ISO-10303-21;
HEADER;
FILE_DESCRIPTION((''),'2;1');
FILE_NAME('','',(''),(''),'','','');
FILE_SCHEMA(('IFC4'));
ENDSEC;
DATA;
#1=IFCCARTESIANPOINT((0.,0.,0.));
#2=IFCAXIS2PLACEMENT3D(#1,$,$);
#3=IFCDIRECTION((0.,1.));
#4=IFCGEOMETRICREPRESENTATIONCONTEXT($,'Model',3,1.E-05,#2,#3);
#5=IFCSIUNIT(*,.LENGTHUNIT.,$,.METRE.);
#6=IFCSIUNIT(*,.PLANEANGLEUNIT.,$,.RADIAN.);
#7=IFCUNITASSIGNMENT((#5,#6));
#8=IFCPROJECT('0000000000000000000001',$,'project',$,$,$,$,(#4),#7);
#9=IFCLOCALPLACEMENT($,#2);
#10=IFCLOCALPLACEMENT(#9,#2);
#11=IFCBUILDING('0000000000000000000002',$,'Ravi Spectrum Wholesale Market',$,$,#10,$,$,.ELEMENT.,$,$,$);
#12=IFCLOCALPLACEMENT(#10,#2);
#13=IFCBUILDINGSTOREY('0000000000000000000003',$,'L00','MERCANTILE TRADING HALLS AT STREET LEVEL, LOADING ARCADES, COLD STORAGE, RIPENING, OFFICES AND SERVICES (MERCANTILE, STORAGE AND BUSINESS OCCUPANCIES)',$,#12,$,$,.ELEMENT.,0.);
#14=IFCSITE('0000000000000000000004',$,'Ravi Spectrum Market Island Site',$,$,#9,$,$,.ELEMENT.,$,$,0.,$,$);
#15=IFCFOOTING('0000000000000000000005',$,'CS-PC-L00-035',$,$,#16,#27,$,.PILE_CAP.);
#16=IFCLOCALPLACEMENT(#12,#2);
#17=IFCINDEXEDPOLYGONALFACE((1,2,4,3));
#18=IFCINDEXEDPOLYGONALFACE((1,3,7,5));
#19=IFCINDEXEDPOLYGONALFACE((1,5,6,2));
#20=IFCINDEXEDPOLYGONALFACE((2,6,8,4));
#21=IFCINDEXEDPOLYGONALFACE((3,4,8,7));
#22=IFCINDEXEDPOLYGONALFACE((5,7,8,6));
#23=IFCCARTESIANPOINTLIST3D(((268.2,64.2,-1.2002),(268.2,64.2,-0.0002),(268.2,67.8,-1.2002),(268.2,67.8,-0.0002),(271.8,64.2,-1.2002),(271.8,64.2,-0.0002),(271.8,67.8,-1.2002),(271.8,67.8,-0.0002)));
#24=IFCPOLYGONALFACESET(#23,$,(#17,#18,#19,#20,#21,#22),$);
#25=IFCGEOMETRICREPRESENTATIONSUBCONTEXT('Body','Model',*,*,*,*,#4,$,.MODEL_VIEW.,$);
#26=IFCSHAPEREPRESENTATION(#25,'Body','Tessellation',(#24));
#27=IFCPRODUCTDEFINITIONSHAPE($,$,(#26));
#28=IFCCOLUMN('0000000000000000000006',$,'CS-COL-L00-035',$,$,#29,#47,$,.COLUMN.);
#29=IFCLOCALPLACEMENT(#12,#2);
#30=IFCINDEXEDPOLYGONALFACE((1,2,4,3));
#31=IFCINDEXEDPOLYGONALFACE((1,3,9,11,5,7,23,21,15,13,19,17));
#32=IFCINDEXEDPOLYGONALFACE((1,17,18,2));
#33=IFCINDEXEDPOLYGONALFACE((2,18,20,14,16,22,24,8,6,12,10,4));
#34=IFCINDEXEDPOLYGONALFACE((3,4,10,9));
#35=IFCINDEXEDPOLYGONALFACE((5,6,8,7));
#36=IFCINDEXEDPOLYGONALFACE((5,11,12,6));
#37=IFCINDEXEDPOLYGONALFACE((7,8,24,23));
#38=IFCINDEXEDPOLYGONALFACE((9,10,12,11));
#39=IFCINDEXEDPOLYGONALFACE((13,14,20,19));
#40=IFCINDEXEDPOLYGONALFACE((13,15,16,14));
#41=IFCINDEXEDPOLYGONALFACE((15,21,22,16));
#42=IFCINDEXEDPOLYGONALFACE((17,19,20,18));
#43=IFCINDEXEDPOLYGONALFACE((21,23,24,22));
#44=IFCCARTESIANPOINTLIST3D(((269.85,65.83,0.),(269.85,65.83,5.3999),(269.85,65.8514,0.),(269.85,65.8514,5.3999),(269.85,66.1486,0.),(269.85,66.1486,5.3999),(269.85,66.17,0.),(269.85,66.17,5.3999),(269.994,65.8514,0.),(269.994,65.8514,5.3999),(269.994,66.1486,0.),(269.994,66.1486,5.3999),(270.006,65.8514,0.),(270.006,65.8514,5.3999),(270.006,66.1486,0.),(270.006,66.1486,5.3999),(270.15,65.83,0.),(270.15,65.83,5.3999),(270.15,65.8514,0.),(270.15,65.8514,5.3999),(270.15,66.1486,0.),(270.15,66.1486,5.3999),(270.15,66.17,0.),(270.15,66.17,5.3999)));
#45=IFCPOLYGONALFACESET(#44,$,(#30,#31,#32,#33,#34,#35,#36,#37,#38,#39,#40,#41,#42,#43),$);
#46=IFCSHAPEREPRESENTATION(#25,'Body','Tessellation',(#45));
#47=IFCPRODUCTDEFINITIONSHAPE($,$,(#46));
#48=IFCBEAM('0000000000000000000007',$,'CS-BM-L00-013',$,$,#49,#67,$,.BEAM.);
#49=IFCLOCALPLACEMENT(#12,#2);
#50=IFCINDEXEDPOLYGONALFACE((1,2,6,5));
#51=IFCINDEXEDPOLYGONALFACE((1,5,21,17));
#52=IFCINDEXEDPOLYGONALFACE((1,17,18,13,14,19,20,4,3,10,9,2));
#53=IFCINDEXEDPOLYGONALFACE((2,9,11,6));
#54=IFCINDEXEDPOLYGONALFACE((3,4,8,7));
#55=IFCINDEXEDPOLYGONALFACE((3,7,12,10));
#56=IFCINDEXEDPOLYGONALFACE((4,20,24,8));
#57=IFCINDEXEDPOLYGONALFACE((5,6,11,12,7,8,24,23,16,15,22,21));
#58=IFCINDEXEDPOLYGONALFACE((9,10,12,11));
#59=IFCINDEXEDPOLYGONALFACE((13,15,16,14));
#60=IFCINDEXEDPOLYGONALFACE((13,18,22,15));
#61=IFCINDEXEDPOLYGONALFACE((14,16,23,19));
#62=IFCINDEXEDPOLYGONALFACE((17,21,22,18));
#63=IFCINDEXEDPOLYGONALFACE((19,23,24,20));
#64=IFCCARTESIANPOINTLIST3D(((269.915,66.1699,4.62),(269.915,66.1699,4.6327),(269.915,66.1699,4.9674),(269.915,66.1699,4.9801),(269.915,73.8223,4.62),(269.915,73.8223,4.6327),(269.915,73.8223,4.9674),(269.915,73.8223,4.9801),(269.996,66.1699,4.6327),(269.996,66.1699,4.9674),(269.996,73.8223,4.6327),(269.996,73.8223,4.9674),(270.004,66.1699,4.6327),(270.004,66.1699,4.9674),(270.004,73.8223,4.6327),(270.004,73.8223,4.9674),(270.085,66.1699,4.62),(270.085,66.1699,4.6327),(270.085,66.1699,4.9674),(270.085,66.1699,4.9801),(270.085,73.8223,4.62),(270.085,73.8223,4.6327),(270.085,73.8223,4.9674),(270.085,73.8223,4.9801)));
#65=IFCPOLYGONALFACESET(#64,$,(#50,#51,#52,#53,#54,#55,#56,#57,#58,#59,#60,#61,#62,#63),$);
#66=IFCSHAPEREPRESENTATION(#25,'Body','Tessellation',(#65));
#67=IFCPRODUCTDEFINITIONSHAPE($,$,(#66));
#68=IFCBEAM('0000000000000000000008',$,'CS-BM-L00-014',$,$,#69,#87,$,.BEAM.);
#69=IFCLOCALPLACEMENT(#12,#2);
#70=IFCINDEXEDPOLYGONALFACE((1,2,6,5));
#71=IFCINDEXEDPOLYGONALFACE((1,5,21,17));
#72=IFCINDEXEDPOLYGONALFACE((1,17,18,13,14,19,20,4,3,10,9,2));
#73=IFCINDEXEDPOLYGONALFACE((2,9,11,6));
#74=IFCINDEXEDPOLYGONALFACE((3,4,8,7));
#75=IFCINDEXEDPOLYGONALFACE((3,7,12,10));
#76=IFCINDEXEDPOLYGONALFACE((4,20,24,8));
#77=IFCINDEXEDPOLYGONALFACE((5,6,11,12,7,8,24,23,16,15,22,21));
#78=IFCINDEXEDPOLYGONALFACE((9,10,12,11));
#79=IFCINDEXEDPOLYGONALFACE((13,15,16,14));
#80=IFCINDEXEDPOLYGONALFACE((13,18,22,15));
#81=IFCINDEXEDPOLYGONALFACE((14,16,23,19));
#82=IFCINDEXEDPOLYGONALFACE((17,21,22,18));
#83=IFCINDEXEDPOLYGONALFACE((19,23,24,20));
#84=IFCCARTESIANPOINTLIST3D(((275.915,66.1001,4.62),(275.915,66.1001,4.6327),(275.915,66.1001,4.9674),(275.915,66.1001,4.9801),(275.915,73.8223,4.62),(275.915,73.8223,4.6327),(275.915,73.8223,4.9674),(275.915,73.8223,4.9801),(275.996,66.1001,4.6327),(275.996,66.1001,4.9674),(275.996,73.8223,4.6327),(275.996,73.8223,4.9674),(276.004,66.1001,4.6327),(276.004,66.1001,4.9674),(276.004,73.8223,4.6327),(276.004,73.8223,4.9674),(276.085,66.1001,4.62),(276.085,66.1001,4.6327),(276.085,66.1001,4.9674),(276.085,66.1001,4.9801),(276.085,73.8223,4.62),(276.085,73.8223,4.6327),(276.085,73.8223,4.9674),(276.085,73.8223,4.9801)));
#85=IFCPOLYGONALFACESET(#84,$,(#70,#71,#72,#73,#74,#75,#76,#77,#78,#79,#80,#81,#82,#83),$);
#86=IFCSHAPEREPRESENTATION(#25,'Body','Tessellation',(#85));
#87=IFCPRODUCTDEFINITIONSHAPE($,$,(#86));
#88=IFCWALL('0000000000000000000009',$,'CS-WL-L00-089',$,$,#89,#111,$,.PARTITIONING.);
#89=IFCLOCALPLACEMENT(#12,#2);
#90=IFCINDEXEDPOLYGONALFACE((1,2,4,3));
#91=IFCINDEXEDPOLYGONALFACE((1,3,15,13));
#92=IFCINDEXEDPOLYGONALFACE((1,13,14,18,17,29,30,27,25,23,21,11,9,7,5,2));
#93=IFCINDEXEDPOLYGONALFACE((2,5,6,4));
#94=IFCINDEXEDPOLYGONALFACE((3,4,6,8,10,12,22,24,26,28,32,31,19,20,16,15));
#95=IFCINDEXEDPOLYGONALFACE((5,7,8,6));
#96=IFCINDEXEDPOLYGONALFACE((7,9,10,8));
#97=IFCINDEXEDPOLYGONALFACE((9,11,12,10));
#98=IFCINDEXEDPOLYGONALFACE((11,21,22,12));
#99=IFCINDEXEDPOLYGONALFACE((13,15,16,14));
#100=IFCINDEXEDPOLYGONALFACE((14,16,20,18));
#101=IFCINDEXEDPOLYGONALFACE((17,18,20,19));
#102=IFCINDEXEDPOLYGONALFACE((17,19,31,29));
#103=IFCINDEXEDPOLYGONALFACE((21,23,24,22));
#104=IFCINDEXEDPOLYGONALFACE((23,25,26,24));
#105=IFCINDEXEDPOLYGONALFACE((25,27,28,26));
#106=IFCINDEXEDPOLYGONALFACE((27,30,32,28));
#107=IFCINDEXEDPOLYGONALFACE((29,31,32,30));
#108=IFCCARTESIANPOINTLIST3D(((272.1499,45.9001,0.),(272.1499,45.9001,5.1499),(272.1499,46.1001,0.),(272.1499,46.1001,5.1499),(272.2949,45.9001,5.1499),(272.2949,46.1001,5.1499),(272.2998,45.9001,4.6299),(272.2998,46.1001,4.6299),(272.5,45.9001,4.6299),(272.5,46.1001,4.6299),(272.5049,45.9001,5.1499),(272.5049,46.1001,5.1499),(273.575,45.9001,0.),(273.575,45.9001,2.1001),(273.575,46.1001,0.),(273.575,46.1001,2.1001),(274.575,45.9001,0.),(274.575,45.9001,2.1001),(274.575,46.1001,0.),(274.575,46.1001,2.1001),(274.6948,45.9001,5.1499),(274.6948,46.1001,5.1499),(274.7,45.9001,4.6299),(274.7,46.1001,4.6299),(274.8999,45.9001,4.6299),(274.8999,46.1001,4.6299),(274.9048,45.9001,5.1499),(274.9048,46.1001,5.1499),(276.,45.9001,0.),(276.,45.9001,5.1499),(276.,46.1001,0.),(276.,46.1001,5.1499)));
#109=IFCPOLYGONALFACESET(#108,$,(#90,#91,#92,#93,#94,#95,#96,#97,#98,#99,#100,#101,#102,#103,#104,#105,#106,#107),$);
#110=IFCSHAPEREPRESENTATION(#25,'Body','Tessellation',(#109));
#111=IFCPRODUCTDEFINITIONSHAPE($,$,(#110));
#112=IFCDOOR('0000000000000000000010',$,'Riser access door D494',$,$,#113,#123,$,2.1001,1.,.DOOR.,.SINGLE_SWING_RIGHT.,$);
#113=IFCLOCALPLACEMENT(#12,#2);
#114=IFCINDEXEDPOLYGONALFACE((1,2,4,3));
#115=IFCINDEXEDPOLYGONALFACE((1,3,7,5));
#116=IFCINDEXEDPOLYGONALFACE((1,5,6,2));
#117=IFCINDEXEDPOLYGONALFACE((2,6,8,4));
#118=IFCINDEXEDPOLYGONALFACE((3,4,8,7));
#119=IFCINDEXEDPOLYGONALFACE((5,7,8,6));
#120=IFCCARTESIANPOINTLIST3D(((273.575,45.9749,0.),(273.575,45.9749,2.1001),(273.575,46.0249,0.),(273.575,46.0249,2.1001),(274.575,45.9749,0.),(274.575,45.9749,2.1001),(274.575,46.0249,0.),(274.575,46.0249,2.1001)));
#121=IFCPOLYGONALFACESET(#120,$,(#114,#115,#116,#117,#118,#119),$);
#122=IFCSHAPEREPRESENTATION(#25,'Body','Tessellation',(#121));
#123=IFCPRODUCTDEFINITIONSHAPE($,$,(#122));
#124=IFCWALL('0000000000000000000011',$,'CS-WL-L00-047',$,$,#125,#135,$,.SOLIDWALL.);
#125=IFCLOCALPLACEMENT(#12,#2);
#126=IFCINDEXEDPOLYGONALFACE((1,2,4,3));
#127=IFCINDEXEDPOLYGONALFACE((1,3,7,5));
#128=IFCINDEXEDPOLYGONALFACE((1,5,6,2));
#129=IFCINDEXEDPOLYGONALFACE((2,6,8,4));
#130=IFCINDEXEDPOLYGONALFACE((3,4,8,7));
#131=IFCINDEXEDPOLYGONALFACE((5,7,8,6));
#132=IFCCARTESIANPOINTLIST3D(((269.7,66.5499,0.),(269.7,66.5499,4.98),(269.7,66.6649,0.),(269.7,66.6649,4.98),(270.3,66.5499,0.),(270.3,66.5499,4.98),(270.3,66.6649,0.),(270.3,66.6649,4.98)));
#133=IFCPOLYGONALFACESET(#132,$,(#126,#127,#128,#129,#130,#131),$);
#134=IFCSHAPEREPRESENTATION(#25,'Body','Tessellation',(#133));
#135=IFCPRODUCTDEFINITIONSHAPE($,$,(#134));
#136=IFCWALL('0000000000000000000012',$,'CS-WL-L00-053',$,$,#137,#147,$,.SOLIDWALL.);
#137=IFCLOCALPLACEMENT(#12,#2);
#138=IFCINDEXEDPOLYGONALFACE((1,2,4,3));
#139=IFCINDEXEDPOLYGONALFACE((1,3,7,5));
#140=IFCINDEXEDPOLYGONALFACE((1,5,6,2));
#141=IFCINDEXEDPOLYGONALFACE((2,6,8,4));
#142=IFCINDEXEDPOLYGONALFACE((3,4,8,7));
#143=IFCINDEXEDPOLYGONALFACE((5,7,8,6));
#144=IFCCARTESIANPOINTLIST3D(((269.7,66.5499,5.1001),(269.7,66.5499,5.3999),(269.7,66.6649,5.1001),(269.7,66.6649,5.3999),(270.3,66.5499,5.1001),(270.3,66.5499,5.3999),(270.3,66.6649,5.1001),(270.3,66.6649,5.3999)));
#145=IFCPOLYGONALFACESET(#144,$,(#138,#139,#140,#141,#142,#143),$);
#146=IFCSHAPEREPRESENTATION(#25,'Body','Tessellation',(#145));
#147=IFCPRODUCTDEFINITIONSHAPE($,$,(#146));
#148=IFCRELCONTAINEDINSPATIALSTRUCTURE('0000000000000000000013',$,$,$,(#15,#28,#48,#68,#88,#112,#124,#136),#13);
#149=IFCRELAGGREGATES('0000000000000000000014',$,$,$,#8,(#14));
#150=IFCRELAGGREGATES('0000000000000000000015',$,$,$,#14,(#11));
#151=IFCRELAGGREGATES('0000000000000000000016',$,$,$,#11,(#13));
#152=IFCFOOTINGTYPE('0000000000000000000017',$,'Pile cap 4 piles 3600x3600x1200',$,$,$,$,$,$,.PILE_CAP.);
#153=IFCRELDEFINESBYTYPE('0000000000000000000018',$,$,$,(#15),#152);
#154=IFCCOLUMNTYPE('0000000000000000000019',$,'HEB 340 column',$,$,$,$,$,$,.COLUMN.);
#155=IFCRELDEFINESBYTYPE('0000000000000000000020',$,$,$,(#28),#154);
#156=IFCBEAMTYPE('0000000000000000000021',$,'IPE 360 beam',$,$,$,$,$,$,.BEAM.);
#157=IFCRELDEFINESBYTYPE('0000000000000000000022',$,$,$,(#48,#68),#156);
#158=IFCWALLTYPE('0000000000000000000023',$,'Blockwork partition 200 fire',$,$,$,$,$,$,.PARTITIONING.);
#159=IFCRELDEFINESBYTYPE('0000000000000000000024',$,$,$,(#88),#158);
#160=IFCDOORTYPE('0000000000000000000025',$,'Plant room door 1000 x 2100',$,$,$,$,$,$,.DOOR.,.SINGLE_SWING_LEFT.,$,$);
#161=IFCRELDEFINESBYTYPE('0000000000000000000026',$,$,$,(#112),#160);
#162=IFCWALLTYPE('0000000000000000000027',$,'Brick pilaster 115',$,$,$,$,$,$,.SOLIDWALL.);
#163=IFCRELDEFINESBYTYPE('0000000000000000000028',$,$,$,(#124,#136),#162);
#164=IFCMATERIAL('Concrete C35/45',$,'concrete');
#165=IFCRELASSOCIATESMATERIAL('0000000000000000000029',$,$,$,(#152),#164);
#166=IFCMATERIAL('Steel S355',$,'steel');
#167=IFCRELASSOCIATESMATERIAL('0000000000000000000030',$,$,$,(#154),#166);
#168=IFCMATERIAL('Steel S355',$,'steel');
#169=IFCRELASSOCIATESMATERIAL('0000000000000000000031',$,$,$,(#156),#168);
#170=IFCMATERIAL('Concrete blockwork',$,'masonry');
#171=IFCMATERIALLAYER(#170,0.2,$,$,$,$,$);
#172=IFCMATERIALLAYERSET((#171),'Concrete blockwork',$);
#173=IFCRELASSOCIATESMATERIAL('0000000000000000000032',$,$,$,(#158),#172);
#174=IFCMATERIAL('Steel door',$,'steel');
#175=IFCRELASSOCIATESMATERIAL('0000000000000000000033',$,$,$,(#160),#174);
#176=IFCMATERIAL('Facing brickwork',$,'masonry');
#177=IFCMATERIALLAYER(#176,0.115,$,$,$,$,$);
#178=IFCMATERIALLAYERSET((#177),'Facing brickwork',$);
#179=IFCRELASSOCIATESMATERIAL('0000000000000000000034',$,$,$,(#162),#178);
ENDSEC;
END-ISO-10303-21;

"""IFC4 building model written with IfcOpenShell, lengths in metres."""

from ifc_helpers import new_model, si_unit, direction, frame, frame_2d, origin, origin_2d, place, context, subcontext, project, spatial, polyline, rectangle, i_section, outline, extrude, material, layer, layer_set, material_profile, profile_set, type_object, element, fill, save


model = new_model("IFC4")

# Units and contexts
model_context = context("Model", 3, precision=1e-05, world=origin(), true_north=direction((0.0, 1.0)))
body_context = subcontext(model_context, "Body", "Model", "MODEL_VIEW")
ifc_project = project(units=[si_unit("LENGTHUNIT", "METRE"), si_unit("PLANEANGLEUNIT", "RADIAN")], contexts=[model_context])

# Site, building, storey
site_placement = place(None, origin())
site = spatial("IfcSite", under=ifc_project, at=site_placement, Name="Ravi Spectrum Market Island Site", CompositionType="ELEMENT", RefElevation=0.0)
building_placement = place(site_placement, origin())
building = spatial("IfcBuilding", under=site, at=building_placement, Name="Ravi Spectrum Wholesale Market", CompositionType="ELEMENT")
storey_placement = place(building_placement, origin())
storey = spatial("IfcBuildingStorey", under=building, at=storey_placement, Name="L00", Description="MERCANTILE TRADING HALLS AT STREET LEVEL, LOADING ARCADES, COLD STORAGE, RIPENING, OFFICES AND SERVICES (MERCANTILE, STORAGE AND BUSINESS OCCUPANCIES)", CompositionType="ELEMENT", Elevation=0.0)

# Footing
ifc_material_1 = material(Name="Concrete C35/45", Category="concrete")
footing_type = type_object("IfcFootingType", Name="Pile cap 4 piles 3600x3600x1200", PredefinedType="PILE_CAP", material=ifc_material_1)
footing_placement = place(storey_placement, frame((270.0, 66.0, -1.2002), z_axis=(0.0, 0.0, 1.0), x_axis=(1.0, 0.0, 0.0)))
element("IfcFooting", 1, at=footing_placement, inside=storey, type_object=footing_type, Name="CS-PC-L00-035", PredefinedType="PILE_CAP", context=body_context, shape_type="SweptSolid", body=[
    extrude(rectangle(XDim=3.6001, YDim=3.6001, at=origin_2d()), origin(), (0.0, 0.0, 1.0), 1.2),
])

# Column
ifc_material_2 = material(Name="Steel S355", Category="steel")
ifc_material_profile_1 = material_profile(ifc_material_2, i_section(OverallWidth=0.3, OverallDepth=0.3401, WebThickness=0.012, FlangeThickness=0.0215, at=origin_2d()))
ifc_profile_set_1 = profile_set([ifc_material_profile_1], Name="Steel S355")
column_type = type_object("IfcColumnType", Name="HEB 340 column", PredefinedType="COLUMN", material=ifc_profile_set_1)
column_placement = place(storey_placement, frame((270.0, 66.0, 0.0), z_axis=(0.0, 0.0, 1.0), x_axis=(1.0, 0.0, 0.0)))
element("IfcColumn", 2, at=column_placement, inside=storey, type_object=column_type, Name="CS-COL-L00-035", PredefinedType="COLUMN", context=body_context, shape_type="SweptSolid", body=[
    extrude(i_section(OverallWidth=0.3, OverallDepth=0.3401, WebThickness=0.012, FlangeThickness=0.0215, at=origin_2d()), origin(), (0.0, 0.0, 1.0), 5.3999),
])

# Beams
ifc_material_3 = material(Name="Steel S355", Category="steel")
ifc_material_profile_2 = material_profile(ifc_material_3, i_section(OverallWidth=0.1699, OverallDepth=0.3601, WebThickness=0.0081, FlangeThickness=0.0127, at=origin_2d()))
ifc_profile_set_2 = profile_set([ifc_material_profile_2], Name="Steel S355")
beam_type = type_object("IfcBeamType", Name="IPE 360 beam", PredefinedType="BEAM", material=ifc_profile_set_2)
beam_1_placement = place(storey_placement, frame((270.0, 66.1699, 4.8), z_axis=(0.0, 1.0, 0.0), x_axis=(-1.0, 0.0, 0.0)))
element("IfcBeam", 3, at=beam_1_placement, inside=storey, type_object=beam_type, Name="CS-BM-L00-013", PredefinedType="BEAM", context=body_context, shape_type="SweptSolid", body=[
    extrude(i_section(OverallWidth=0.1699, OverallDepth=0.3601, WebThickness=0.0081, FlangeThickness=0.0127, at=origin_2d()), origin(), (0.0, 0.0, 1.0), 7.6523),
])
beam_2_placement = place(storey_placement, frame((276.0, 66.1001, 4.8), z_axis=(0.0, 1.0, 0.0), x_axis=(-1.0, 0.0, 0.0)))
element("IfcBeam", 4, at=beam_2_placement, inside=storey, type_object=beam_type, Name="CS-BM-L00-014", PredefinedType="BEAM", context=body_context, shape_type="SweptSolid", body=[
    extrude(i_section(OverallWidth=0.1699, OverallDepth=0.3601, WebThickness=0.0081, FlangeThickness=0.0127, at=origin_2d()), origin(), (0.0, 0.0, 1.0), 7.7222),
])

# Wall, opening, door
ifc_material_4 = material(Name="Concrete blockwork", Category="masonry")
ifc_layer_1 = layer(ifc_material_4, 0.2)
ifc_layer_set_1 = layer_set([ifc_layer_1], Name="Concrete blockwork")
wall_type_1 = type_object("IfcWallType", Name="Blockwork partition 200 fire", PredefinedType="PARTITIONING", material=ifc_layer_set_1)
wall_1_placement = place(storey_placement, frame((272.1499, 46.0, 0.0), z_axis=(0.0, 0.0, 1.0), x_axis=(1.0, 0.0, 0.0)))
wall_1 = element("IfcWall", 5, at=wall_1_placement, inside=storey, type_object=wall_type_1, Name="CS-WL-L00-089", PredefinedType="PARTITIONING", context=body_context, shape_type="SweptSolid", body=[
    extrude(outline(polyline([(0.0, 0.0), (3.8501, 0.0), (3.8501, 5.1499), (2.7549, 5.1499), (2.75, 4.6299), (2.55, 4.6299), (2.5449, 5.1499), (0.355, 5.1499), (0.3501, 4.6299), (0.1499, 4.6299), (0.145, 5.1499), (0.0, 5.1499), (0.0, 0.0)])), frame((0.0, 0.1001, 0.0), z_axis=(0.0, -1.0, 0.0), x_axis=(1.0, 0.0, 0.0)), (0.0, 0.0, 1.0), 0.2),
])
opening_1_placement = place(wall_1_placement, frame((1.425, 0.0, 0.0)))
opening_1 = element("IfcOpeningElement", 6, at=opening_1_placement, cuts=wall_1, PredefinedType="OPENING", context=body_context, shape_type="SweptSolid", body=[
    extrude(rectangle(XDim=1.0, YDim=2.1001, at=frame_2d((0.5, 1.05))), frame((0.0, 0.1099, 0.0), z_axis=(0.0, -1.0, 0.0), x_axis=(1.0, 0.0, 0.0)), (0.0, 0.0, 1.0), 0.22),
])
ifc_material_5 = material(Name="Steel door", Category="steel")
door_type_1 = type_object("IfcDoorType", Name="Plant room door 1000 x 2100", OperationType="SINGLE_SWING_LEFT", PredefinedType="DOOR", material=ifc_material_5)
door_1_placement = place(opening_1_placement, origin())
door_1 = element("IfcDoor", 7, at=door_1_placement, inside=storey, type_object=door_type_1, Name="Riser access door D494", OperationType="SINGLE_SWING_RIGHT", OverallHeight=2.1001, OverallWidth=1.0, PredefinedType="DOOR", context=body_context, shape_type="SweptSolid", body=[
    extrude(rectangle(XDim=1.0, YDim=2.1001, at=frame_2d((0.5, 1.05))), frame((0.0, 0.0249, 0.0), z_axis=(0.0, -1.0, 0.0), x_axis=(1.0, 0.0, 0.0)), (0.0, 0.0, 1.0), 0.05),
])
fill(opening_1, door_1)

# Walls
ifc_material_6 = material(Name="Facing brickwork", Category="masonry")
ifc_layer_2 = layer(ifc_material_6, 0.115)
ifc_layer_set_2 = layer_set([ifc_layer_2], Name="Facing brickwork")
wall_type_2 = type_object("IfcWallType", Name="Brick pilaster 115", PredefinedType="SOLIDWALL", material=ifc_layer_set_2)
wall_2_placement = place(storey_placement, frame((270.3, 66.6074, 0.0), z_axis=(0.0, 0.0, 1.0), x_axis=(-1.0, 0.0, 0.0)))
element("IfcWall", 8, at=wall_2_placement, inside=storey, type_object=wall_type_2, Name="CS-WL-L00-047", PredefinedType="SOLIDWALL", context=body_context, shape_type="SweptSolid", body=[
    extrude(rectangle(XDim=0.6001, YDim=0.115, at=frame_2d((0.3, 0.0))), origin(), (0.0, 0.0, 1.0), 4.98),
])
wall_3_placement = place(storey_placement, frame((270.3, 66.6074, 5.1001), z_axis=(0.0, 0.0, 1.0), x_axis=(-1.0, 0.0, 0.0)))
element("IfcWall", 9, at=wall_3_placement, inside=storey, type_object=wall_type_2, Name="CS-WL-L00-053", PredefinedType="SOLIDWALL", context=body_context, shape_type="SweptSolid", body=[
    extrude(rectangle(XDim=0.6001, YDim=0.115, at=frame_2d((0.3, 0.0))), origin(), (0.0, 0.0, 1.0), 0.2998),
])

save(model, "model.ifc")
